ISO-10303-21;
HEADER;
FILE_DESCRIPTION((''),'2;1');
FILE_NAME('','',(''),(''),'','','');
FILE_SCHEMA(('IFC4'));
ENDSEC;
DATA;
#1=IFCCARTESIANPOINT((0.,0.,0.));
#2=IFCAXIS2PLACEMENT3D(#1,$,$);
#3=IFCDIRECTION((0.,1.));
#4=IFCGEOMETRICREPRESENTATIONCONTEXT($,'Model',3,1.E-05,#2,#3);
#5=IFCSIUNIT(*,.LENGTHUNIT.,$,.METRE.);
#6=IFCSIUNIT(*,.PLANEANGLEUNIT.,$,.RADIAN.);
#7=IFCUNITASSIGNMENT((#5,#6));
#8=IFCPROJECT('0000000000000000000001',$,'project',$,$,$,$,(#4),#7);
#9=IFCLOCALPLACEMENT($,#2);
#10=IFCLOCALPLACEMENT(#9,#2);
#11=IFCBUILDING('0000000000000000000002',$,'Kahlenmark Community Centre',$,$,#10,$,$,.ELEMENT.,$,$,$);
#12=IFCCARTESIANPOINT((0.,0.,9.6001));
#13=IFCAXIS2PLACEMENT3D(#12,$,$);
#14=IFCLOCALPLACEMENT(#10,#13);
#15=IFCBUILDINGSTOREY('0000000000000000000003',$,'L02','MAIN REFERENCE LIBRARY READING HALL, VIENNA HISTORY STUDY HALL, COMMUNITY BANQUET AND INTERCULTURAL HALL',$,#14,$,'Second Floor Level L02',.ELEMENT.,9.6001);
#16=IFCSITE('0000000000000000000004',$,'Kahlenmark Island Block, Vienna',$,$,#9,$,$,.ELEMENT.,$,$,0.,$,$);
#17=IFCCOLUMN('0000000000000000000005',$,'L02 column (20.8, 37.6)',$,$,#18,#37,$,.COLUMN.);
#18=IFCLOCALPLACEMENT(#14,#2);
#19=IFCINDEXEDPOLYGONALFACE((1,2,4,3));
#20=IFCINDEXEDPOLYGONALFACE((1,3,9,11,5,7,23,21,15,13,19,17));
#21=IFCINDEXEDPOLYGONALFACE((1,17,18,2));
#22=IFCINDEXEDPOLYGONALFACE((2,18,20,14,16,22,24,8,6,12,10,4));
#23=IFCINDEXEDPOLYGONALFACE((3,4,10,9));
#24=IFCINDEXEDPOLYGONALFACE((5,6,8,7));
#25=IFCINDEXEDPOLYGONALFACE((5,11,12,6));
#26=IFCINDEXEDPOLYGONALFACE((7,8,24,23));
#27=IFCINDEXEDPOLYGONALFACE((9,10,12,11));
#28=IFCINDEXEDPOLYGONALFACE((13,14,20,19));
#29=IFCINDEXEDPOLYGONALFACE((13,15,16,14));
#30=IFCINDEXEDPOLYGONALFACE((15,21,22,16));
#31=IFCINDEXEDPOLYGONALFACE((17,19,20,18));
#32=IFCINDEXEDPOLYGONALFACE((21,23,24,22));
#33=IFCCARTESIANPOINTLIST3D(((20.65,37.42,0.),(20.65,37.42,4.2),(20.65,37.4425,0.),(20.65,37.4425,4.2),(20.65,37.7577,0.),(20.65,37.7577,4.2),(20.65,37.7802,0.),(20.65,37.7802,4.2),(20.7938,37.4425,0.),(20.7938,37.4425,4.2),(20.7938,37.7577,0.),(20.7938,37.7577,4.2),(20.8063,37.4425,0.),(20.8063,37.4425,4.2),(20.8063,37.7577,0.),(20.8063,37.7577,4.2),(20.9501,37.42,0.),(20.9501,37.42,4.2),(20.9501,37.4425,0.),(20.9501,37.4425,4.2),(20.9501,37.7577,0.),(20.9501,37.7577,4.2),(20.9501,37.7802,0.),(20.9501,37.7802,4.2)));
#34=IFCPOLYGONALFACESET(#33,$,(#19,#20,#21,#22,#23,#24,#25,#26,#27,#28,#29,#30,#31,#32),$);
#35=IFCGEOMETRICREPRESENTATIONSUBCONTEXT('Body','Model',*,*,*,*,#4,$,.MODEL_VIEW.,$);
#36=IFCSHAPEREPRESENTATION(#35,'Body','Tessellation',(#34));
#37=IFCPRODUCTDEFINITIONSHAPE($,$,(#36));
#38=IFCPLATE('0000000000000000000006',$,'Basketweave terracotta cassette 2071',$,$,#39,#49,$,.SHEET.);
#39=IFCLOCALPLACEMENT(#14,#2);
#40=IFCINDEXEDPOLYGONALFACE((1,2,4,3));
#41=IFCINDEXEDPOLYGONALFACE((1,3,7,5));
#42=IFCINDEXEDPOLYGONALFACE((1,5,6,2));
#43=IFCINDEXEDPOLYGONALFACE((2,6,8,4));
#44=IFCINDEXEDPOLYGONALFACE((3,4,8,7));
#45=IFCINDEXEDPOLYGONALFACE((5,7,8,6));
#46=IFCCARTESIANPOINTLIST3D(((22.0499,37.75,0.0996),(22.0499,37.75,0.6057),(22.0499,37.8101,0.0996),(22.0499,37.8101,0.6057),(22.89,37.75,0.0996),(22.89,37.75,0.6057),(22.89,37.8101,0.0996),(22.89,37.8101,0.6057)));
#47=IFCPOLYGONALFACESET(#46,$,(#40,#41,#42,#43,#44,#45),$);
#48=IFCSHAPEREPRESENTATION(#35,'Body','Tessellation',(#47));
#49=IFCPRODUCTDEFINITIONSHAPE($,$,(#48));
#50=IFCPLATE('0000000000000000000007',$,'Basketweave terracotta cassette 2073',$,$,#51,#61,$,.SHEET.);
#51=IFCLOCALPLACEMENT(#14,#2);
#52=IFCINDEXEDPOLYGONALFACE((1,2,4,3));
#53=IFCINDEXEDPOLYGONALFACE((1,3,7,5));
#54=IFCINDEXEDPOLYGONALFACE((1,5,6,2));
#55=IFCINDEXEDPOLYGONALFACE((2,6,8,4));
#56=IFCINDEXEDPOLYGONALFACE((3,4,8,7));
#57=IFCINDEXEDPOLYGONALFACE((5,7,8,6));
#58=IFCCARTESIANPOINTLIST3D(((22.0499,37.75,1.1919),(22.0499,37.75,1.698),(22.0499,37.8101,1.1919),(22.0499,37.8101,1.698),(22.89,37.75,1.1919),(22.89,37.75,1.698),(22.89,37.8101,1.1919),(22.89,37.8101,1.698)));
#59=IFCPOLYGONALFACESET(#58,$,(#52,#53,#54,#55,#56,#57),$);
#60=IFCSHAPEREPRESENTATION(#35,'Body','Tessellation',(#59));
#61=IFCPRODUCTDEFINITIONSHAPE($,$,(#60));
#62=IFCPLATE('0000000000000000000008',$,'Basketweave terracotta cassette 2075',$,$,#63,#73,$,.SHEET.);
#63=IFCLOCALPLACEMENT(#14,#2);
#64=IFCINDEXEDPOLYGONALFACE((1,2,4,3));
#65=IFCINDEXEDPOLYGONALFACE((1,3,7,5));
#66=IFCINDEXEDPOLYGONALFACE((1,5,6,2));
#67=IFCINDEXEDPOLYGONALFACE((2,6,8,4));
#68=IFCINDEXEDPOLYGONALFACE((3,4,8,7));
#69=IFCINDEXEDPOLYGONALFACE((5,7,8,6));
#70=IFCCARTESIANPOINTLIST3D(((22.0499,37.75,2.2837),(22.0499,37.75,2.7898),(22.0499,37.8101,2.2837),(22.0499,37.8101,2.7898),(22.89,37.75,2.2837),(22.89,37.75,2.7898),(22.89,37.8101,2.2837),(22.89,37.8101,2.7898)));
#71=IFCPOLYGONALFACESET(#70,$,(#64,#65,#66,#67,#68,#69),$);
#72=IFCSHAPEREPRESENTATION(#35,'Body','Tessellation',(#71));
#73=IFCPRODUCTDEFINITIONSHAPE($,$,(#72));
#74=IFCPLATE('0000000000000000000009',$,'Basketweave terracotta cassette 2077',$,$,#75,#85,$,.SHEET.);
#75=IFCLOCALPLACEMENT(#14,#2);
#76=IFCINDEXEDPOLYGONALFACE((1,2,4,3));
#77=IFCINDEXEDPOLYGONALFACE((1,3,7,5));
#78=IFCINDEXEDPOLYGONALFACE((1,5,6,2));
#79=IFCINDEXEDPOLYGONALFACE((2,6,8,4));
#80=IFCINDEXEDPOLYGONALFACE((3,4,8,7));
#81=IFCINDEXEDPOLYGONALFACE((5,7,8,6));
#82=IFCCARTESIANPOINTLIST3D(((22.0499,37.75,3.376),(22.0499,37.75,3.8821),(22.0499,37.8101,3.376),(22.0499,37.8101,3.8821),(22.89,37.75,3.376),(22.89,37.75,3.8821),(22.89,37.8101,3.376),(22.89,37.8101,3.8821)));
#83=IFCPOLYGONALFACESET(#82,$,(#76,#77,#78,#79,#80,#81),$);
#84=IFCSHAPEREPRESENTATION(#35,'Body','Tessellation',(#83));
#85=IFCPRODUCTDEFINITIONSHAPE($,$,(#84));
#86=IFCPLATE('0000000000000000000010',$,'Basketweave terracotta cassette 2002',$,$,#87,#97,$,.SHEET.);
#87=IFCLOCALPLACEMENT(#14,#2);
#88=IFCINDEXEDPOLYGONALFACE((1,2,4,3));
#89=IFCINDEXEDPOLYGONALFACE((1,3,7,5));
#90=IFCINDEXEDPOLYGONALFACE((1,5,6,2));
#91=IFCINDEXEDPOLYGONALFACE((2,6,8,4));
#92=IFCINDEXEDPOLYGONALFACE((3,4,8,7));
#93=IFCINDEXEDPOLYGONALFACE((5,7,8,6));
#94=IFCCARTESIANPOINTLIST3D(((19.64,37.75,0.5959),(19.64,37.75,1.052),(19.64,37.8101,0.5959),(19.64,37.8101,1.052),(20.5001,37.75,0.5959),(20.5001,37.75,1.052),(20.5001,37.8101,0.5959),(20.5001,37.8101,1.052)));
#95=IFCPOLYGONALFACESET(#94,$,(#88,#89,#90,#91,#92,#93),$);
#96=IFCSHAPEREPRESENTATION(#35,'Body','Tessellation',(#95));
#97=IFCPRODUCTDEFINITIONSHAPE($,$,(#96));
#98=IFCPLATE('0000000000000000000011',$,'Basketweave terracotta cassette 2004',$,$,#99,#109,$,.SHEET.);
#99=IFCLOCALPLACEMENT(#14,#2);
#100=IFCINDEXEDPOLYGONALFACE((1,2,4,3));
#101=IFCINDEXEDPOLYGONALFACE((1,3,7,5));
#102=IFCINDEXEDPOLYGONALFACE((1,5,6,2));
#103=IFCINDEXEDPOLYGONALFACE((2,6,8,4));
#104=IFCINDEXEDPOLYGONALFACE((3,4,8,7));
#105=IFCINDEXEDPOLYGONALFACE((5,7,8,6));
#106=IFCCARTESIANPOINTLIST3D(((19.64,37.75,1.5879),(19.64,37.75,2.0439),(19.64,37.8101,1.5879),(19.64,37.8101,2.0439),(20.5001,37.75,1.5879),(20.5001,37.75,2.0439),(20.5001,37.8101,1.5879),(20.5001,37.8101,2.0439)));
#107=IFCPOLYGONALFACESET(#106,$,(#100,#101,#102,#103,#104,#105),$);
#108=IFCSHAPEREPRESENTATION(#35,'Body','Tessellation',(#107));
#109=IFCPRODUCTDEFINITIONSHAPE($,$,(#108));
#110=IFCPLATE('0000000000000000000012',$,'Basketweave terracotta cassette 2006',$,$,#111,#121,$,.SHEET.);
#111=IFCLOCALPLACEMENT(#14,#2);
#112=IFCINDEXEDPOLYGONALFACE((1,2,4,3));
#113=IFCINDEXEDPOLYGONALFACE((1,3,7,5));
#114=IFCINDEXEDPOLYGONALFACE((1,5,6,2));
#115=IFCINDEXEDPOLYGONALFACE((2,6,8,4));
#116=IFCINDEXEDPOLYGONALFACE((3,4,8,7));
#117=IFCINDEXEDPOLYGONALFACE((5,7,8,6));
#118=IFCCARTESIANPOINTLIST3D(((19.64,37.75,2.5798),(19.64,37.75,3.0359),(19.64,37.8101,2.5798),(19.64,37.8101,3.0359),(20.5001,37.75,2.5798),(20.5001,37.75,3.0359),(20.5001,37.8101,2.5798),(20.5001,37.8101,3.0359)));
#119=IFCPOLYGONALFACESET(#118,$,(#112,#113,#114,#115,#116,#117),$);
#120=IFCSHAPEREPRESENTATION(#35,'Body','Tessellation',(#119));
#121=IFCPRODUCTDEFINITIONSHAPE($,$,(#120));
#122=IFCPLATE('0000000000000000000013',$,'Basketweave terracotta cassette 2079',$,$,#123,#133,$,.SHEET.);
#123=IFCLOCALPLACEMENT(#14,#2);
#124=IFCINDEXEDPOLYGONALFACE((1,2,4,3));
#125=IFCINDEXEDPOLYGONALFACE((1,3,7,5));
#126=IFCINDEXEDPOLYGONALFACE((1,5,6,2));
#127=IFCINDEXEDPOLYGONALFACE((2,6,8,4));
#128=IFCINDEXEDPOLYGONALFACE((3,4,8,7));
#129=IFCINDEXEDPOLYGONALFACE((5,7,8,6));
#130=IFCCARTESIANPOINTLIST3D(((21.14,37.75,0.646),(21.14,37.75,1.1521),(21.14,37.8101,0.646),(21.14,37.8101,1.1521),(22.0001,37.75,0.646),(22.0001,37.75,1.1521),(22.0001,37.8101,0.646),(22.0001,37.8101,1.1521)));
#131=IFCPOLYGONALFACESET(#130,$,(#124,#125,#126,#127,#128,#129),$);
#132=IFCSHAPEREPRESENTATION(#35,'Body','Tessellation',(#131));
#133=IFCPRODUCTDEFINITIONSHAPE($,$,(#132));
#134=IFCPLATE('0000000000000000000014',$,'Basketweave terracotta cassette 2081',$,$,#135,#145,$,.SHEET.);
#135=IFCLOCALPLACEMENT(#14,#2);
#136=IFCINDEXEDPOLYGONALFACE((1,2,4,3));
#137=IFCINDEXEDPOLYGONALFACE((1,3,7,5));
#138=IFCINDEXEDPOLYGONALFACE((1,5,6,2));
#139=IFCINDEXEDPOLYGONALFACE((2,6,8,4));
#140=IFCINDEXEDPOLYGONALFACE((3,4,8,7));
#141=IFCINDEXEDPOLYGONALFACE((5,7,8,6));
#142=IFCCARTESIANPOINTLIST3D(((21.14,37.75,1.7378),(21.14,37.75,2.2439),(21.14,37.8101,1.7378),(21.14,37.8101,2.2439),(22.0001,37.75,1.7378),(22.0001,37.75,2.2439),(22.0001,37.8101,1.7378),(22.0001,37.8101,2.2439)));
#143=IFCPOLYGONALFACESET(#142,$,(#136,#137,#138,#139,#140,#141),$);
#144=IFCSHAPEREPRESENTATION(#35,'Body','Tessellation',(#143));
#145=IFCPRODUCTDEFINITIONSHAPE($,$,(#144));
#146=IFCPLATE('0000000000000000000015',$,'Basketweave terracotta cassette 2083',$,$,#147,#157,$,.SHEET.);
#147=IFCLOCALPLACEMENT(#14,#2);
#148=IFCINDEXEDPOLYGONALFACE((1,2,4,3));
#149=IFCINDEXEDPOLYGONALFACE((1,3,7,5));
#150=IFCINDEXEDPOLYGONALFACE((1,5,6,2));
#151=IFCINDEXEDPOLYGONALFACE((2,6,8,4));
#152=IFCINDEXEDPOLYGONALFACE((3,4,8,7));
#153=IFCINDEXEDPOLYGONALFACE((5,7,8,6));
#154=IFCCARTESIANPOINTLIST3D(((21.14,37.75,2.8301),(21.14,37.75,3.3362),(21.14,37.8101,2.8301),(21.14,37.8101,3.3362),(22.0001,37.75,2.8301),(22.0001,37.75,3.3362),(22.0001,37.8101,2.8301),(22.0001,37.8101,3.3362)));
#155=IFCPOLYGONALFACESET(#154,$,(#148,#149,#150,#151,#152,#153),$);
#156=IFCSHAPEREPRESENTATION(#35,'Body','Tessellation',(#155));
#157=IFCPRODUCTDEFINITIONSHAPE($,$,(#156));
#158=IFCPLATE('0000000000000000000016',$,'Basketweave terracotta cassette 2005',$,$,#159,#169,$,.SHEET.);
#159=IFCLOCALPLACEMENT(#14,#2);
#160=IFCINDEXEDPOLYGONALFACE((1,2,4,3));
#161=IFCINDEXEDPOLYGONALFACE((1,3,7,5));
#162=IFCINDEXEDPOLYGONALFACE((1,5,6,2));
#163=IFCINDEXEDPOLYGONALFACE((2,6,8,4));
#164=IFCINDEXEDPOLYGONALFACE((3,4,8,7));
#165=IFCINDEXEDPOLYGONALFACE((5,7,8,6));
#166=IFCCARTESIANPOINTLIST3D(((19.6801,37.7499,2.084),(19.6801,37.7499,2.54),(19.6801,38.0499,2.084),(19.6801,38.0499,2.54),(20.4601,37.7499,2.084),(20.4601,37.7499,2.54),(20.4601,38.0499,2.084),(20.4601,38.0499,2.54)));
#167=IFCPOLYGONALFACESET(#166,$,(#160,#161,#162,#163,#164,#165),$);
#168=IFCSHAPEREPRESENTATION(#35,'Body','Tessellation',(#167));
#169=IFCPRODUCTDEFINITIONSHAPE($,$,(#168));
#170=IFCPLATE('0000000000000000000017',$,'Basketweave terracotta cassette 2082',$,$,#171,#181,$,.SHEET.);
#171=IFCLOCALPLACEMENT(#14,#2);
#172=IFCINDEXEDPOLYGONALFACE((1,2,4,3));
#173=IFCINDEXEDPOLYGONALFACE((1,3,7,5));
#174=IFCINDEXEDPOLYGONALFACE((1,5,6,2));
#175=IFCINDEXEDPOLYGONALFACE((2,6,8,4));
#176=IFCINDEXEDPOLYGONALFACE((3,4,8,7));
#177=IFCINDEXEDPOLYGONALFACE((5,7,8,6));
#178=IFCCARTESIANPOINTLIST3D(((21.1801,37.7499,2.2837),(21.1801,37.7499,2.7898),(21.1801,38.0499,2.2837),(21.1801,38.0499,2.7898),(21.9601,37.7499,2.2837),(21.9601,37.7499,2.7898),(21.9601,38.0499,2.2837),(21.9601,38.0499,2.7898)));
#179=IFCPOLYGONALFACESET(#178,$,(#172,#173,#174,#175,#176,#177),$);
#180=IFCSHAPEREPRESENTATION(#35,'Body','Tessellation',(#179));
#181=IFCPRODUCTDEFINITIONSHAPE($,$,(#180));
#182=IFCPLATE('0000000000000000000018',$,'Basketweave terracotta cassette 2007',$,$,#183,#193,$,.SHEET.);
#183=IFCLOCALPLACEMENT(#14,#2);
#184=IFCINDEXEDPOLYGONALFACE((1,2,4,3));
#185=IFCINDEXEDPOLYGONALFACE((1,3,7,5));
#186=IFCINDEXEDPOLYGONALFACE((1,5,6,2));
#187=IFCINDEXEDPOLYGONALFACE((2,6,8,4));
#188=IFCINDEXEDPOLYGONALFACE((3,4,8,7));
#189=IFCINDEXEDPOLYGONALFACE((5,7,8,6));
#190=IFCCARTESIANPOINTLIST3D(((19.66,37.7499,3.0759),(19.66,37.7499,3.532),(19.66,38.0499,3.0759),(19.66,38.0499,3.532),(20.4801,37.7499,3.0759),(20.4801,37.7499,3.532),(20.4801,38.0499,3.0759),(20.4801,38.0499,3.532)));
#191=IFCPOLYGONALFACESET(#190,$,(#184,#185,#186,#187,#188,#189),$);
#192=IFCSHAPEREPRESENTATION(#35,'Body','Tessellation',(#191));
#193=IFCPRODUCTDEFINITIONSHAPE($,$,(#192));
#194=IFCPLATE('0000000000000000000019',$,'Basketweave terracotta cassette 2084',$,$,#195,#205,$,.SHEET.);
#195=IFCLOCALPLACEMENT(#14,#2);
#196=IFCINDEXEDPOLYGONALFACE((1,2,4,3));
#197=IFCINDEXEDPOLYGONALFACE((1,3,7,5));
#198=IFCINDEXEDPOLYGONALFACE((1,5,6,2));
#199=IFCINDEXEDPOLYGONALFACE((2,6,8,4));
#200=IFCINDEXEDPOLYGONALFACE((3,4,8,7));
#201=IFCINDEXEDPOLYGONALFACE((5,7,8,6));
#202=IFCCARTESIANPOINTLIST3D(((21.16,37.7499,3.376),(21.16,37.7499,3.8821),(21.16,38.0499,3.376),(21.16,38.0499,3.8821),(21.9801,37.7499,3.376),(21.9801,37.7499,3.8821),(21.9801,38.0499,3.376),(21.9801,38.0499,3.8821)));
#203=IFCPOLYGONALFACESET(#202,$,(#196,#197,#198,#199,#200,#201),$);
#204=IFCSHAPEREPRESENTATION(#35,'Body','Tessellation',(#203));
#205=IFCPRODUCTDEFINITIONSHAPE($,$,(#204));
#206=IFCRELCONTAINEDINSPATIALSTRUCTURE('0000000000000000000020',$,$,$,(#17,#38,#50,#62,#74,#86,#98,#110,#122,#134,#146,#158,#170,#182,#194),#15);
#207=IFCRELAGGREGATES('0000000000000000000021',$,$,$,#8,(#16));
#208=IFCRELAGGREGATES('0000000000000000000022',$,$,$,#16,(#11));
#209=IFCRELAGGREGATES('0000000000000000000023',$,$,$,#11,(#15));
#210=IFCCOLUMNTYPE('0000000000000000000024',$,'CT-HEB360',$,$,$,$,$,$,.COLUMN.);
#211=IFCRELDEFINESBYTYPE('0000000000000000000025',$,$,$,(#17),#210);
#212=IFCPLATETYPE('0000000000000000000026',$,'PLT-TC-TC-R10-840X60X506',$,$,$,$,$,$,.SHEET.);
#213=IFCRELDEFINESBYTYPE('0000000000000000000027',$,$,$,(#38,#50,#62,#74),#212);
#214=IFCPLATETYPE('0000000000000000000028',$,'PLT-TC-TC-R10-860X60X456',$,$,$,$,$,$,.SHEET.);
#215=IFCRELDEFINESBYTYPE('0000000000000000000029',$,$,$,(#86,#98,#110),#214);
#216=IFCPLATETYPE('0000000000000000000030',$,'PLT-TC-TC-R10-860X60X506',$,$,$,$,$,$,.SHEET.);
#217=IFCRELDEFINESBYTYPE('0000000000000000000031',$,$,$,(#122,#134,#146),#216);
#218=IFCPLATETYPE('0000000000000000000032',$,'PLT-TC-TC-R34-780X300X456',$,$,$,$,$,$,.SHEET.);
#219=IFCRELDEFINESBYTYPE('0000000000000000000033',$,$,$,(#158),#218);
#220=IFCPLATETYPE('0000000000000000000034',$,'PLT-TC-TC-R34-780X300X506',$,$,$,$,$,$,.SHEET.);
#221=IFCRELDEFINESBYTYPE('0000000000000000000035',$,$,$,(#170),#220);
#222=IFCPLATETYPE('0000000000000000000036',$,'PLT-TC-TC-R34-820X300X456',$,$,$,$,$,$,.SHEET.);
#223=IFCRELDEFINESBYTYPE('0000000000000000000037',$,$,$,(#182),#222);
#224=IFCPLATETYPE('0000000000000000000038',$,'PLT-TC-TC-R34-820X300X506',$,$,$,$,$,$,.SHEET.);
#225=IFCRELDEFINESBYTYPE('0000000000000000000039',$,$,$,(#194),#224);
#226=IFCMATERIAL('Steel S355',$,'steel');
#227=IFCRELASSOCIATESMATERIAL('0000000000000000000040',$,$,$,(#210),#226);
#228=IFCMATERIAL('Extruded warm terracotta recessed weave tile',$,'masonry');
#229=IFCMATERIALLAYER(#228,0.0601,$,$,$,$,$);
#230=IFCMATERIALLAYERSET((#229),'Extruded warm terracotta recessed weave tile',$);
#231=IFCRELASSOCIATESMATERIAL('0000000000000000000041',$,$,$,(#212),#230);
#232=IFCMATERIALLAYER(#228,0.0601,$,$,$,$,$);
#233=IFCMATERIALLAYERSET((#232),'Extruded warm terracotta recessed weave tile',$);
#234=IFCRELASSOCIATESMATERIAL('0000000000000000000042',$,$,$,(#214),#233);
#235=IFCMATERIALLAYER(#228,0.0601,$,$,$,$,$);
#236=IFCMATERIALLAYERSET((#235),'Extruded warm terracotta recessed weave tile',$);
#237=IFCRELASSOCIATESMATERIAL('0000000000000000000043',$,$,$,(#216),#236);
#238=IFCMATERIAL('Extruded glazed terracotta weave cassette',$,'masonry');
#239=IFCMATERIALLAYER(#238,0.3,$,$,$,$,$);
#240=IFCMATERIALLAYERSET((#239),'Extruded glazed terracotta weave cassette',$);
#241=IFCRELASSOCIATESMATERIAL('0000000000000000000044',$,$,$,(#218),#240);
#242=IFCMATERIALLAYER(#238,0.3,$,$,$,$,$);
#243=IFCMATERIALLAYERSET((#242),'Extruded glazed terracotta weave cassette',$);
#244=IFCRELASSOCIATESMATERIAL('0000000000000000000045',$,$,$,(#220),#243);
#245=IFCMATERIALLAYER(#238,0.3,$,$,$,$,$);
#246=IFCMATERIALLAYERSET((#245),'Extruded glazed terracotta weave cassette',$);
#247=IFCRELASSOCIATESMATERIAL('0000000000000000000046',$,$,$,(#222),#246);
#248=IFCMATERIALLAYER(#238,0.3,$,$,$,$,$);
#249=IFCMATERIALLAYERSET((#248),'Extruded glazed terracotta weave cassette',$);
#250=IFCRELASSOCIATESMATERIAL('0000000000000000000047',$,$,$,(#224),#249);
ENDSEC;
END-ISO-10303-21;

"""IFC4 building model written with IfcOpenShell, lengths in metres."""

from ifc_helpers import new_model, si_unit, direction, frame, origin, origin_2d, place, context, subcontext, project, spatial, rectangle, i_section, extrude, material, layer, layer_set, material_profile, profile_set, type_object, element, save


model = new_model("IFC4")

# Units and contexts
model_context = context("Model", 3, precision=1e-05, world=origin(), true_north=direction((0.0, 1.0)))
body_context = subcontext(model_context, "Body", "Model", "MODEL_VIEW")
ifc_project = project(units=[si_unit("LENGTHUNIT", "METRE"), si_unit("PLANEANGLEUNIT", "RADIAN")], contexts=[model_context])

# Site, building, storey
site_placement = place(None, origin())
site = spatial("IfcSite", under=ifc_project, at=site_placement, Name="Kahlenmark Island Block, Vienna", CompositionType="ELEMENT", RefElevation=0.0)
building_placement = place(site_placement, origin())
building = spatial("IfcBuilding", under=site, at=building_placement, Name="Kahlenmark Community Centre", CompositionType="ELEMENT")
storey_placement = place(building_placement, frame((0.0, 0.0, 9.6001)))
storey = spatial("IfcBuildingStorey", under=building, at=storey_placement, Name="L02", Description="MAIN REFERENCE LIBRARY READING HALL, VIENNA HISTORY STUDY HALL, COMMUNITY BANQUET AND INTERCULTURAL HALL", LongName="Second Floor Level L02", CompositionType="ELEMENT", Elevation=9.6001)

# Column
ifc_material_1 = material(Name="Steel S355", Category="steel")
ifc_material_profile = material_profile(ifc_material_1, i_section(OverallWidth=0.3, OverallDepth=0.3601, WebThickness=0.0125, FlangeThickness=0.0225, at=origin_2d()), Name="HEB 360")
ifc_profile_set = profile_set([ifc_material_profile], Name="Steel S355")
column_type = type_object("IfcColumnType", Name="CT-HEB360", PredefinedType="COLUMN", material=ifc_profile_set)
column_placement = place(storey_placement, frame((20.8, 37.6001, 0.0), z_axis=(0.0, 0.0, 1.0), x_axis=(1.0, 0.0, 0.0)))
element("IfcColumn", 1, at=column_placement, inside=storey, type_object=column_type, Name="L02 column (20.8, 37.6)", PredefinedType="COLUMN", context=body_context, shape_type="SweptSolid", body=[
    extrude(i_section(OverallWidth=0.3, OverallDepth=0.3601, WebThickness=0.0125, FlangeThickness=0.0225, at=origin_2d()), origin(), (0.0, 0.0, 1.0), 4.2),
])

# Plates
ifc_material_2 = material(Name="Extruded warm terracotta recessed weave tile", Category="masonry")
ifc_layer_1 = layer(ifc_material_2, 0.0601)
ifc_layer_set_1 = layer_set([ifc_layer_1], Name="Extruded warm terracotta recessed weave tile")
plate_type_1 = type_object("IfcPlateType", Name="PLT-TC-TC-R10-840X60X506", PredefinedType="SHEET", material=ifc_layer_set_1)
for number, where, z_axis, x_axis, name in (
    (2, (22.47, 37.78, 0.0996), (0.0, 0.0, 1.0), (-1.0, 0.0, 0.0), "Basketweave terracotta cassette 2071"),
    (3, (22.47, 37.78, 1.1919), (0.0, 0.0, 1.0), (-1.0, 0.0, 0.0), "Basketweave terracotta cassette 2073"),
    (4, (22.47, 37.78, 2.2837), (0.0, 0.0, 1.0), (-1.0, 0.0, 0.0), "Basketweave terracotta cassette 2075"),
    (5, (22.47, 37.78, 3.376), (0.0, 0.0, 1.0), (-1.0, 0.0, 0.0), "Basketweave terracotta cassette 2077"),
):
    element("IfcPlate", number, at=place(storey_placement, frame(where, z_axis=z_axis, x_axis=x_axis)), inside=storey, type_object=plate_type_1, Name=name, PredefinedType="SHEET", context=body_context, shape_type="SweptSolid", body=[
        extrude(rectangle(XDim=0.8401, YDim=0.0601, at=origin_2d()), origin(), (0.0, 0.0, 1.0), 0.5061),
    ])
ifc_layer_2 = layer(ifc_material_2, 0.0601)
ifc_layer_set_2 = layer_set([ifc_layer_2], Name="Extruded warm terracotta recessed weave tile")
plate_type_2 = type_object("IfcPlateType", Name="PLT-TC-TC-R10-860X60X456", PredefinedType="SHEET", material=ifc_layer_set_2)
for number, where, z_axis, x_axis, name in (
    (6, (20.0701, 37.78, 0.5959), (0.0, 0.0, 1.0), (-1.0, 0.0, 0.0), "Basketweave terracotta cassette 2002"),
    (7, (20.0701, 37.78, 1.5879), (0.0, 0.0, 1.0), (-1.0, 0.0, 0.0), "Basketweave terracotta cassette 2004"),
    (8, (20.0701, 37.78, 2.5798), (0.0, 0.0, 1.0), (-1.0, 0.0, 0.0), "Basketweave terracotta cassette 2006"),
):
    element("IfcPlate", number, at=place(storey_placement, frame(where, z_axis=z_axis, x_axis=x_axis)), inside=storey, type_object=plate_type_2, Name=name, PredefinedType="SHEET", context=body_context, shape_type="SweptSolid", body=[
        extrude(rectangle(XDim=0.8601, YDim=0.0601, at=origin_2d()), origin(), (0.0, 0.0, 1.0), 0.4561),
    ])
ifc_layer_3 = layer(ifc_material_2, 0.0601)
ifc_layer_set_3 = layer_set([ifc_layer_3], Name="Extruded warm terracotta recessed weave tile")
plate_type_3 = type_object("IfcPlateType", Name="PLT-TC-TC-R10-860X60X506", PredefinedType="SHEET", material=ifc_layer_set_3)
for number, where, z_axis, x_axis, name in (
    (9, (21.5701, 37.78, 0.646), (0.0, 0.0, 1.0), (-1.0, 0.0, 0.0), "Basketweave terracotta cassette 2079"),
    (10, (21.5701, 37.78, 1.7378), (0.0, 0.0, 1.0), (-1.0, 0.0, 0.0), "Basketweave terracotta cassette 2081"),
    (11, (21.5701, 37.78, 2.8301), (0.0, 0.0, 1.0), (-1.0, 0.0, 0.0), "Basketweave terracotta cassette 2083"),
):
    element("IfcPlate", number, at=place(storey_placement, frame(where, z_axis=z_axis, x_axis=x_axis)), inside=storey, type_object=plate_type_3, Name=name, PredefinedType="SHEET", context=body_context, shape_type="SweptSolid", body=[
        extrude(rectangle(XDim=0.8601, YDim=0.0601, at=origin_2d()), origin(), (0.0, 0.0, 1.0), 0.5061),
    ])
ifc_material_3 = material(Name="Extruded glazed terracotta weave cassette", Category="masonry")
ifc_layer_4 = layer(ifc_material_3, 0.3)
ifc_layer_set_4 = layer_set([ifc_layer_4], Name="Extruded glazed terracotta weave cassette")
plate_type_4 = type_object("IfcPlateType", Name="PLT-TC-TC-R34-780X300X456", PredefinedType="SHEET", material=ifc_layer_set_4)
plate_1_placement = place(storey_placement, frame((20.0701, 37.8999, 2.084), z_axis=(0.0, 0.0, 1.0), x_axis=(-1.0, 0.0, 0.0)))
element("IfcPlate", 12, at=plate_1_placement, inside=storey, type_object=plate_type_4, Name="Basketweave terracotta cassette 2005", PredefinedType="SHEET", context=body_context, shape_type="SweptSolid", body=[
    extrude(rectangle(XDim=0.78, YDim=0.3, at=origin_2d()), origin(), (0.0, 0.0, 1.0), 0.4561),
])
ifc_layer_5 = layer(ifc_material_3, 0.3)
ifc_layer_set_5 = layer_set([ifc_layer_5], Name="Extruded glazed terracotta weave cassette")
plate_type_5 = type_object("IfcPlateType", Name="PLT-TC-TC-R34-780X300X506", PredefinedType="SHEET", material=ifc_layer_set_5)
plate_2_placement = place(storey_placement, frame((21.5701, 37.8999, 2.2837), z_axis=(0.0, 0.0, 1.0), x_axis=(-1.0, 0.0, 0.0)))
element("IfcPlate", 13, at=plate_2_placement, inside=storey, type_object=plate_type_5, Name="Basketweave terracotta cassette 2082", PredefinedType="SHEET", context=body_context, shape_type="SweptSolid", body=[
    extrude(rectangle(XDim=0.78, YDim=0.3, at=origin_2d()), origin(), (0.0, 0.0, 1.0), 0.5061),
])
ifc_layer_6 = layer(ifc_material_3, 0.3)
ifc_layer_set_6 = layer_set([ifc_layer_6], Name="Extruded glazed terracotta weave cassette")
plate_type_6 = type_object("IfcPlateType", Name="PLT-TC-TC-R34-820X300X456", PredefinedType="SHEET", material=ifc_layer_set_6)
plate_3_placement = place(storey_placement, frame((20.0701, 37.8999, 3.0759), z_axis=(0.0, 0.0, 1.0), x_axis=(-1.0, 0.0, 0.0)))
element("IfcPlate", 14, at=plate_3_placement, inside=storey, type_object=plate_type_6, Name="Basketweave terracotta cassette 2007", PredefinedType="SHEET", context=body_context, shape_type="SweptSolid", body=[
    extrude(rectangle(XDim=0.8201, YDim=0.3, at=origin_2d()), origin(), (0.0, 0.0, 1.0), 0.4561),
])
ifc_layer_7 = layer(ifc_material_3, 0.3)
ifc_layer_set_7 = layer_set([ifc_layer_7], Name="Extruded glazed terracotta weave cassette")
plate_type_7 = type_object("IfcPlateType", Name="PLT-TC-TC-R34-820X300X506", PredefinedType="SHEET", material=ifc_layer_set_7)
plate_4_placement = place(storey_placement, frame((21.5701, 37.8999, 3.376), z_axis=(0.0, 0.0, 1.0), x_axis=(-1.0, 0.0, 0.0)))
element("IfcPlate", 15, at=plate_4_placement, inside=storey, type_object=plate_type_7, Name="Basketweave terracotta cassette 2084", PredefinedType="SHEET", context=body_context, shape_type="SweptSolid", body=[
    extrude(rectangle(XDim=0.8201, YDim=0.3, at=origin_2d()), origin(), (0.0, 0.0, 1.0), 0.5061),
])

save(model, "model.ifc")
